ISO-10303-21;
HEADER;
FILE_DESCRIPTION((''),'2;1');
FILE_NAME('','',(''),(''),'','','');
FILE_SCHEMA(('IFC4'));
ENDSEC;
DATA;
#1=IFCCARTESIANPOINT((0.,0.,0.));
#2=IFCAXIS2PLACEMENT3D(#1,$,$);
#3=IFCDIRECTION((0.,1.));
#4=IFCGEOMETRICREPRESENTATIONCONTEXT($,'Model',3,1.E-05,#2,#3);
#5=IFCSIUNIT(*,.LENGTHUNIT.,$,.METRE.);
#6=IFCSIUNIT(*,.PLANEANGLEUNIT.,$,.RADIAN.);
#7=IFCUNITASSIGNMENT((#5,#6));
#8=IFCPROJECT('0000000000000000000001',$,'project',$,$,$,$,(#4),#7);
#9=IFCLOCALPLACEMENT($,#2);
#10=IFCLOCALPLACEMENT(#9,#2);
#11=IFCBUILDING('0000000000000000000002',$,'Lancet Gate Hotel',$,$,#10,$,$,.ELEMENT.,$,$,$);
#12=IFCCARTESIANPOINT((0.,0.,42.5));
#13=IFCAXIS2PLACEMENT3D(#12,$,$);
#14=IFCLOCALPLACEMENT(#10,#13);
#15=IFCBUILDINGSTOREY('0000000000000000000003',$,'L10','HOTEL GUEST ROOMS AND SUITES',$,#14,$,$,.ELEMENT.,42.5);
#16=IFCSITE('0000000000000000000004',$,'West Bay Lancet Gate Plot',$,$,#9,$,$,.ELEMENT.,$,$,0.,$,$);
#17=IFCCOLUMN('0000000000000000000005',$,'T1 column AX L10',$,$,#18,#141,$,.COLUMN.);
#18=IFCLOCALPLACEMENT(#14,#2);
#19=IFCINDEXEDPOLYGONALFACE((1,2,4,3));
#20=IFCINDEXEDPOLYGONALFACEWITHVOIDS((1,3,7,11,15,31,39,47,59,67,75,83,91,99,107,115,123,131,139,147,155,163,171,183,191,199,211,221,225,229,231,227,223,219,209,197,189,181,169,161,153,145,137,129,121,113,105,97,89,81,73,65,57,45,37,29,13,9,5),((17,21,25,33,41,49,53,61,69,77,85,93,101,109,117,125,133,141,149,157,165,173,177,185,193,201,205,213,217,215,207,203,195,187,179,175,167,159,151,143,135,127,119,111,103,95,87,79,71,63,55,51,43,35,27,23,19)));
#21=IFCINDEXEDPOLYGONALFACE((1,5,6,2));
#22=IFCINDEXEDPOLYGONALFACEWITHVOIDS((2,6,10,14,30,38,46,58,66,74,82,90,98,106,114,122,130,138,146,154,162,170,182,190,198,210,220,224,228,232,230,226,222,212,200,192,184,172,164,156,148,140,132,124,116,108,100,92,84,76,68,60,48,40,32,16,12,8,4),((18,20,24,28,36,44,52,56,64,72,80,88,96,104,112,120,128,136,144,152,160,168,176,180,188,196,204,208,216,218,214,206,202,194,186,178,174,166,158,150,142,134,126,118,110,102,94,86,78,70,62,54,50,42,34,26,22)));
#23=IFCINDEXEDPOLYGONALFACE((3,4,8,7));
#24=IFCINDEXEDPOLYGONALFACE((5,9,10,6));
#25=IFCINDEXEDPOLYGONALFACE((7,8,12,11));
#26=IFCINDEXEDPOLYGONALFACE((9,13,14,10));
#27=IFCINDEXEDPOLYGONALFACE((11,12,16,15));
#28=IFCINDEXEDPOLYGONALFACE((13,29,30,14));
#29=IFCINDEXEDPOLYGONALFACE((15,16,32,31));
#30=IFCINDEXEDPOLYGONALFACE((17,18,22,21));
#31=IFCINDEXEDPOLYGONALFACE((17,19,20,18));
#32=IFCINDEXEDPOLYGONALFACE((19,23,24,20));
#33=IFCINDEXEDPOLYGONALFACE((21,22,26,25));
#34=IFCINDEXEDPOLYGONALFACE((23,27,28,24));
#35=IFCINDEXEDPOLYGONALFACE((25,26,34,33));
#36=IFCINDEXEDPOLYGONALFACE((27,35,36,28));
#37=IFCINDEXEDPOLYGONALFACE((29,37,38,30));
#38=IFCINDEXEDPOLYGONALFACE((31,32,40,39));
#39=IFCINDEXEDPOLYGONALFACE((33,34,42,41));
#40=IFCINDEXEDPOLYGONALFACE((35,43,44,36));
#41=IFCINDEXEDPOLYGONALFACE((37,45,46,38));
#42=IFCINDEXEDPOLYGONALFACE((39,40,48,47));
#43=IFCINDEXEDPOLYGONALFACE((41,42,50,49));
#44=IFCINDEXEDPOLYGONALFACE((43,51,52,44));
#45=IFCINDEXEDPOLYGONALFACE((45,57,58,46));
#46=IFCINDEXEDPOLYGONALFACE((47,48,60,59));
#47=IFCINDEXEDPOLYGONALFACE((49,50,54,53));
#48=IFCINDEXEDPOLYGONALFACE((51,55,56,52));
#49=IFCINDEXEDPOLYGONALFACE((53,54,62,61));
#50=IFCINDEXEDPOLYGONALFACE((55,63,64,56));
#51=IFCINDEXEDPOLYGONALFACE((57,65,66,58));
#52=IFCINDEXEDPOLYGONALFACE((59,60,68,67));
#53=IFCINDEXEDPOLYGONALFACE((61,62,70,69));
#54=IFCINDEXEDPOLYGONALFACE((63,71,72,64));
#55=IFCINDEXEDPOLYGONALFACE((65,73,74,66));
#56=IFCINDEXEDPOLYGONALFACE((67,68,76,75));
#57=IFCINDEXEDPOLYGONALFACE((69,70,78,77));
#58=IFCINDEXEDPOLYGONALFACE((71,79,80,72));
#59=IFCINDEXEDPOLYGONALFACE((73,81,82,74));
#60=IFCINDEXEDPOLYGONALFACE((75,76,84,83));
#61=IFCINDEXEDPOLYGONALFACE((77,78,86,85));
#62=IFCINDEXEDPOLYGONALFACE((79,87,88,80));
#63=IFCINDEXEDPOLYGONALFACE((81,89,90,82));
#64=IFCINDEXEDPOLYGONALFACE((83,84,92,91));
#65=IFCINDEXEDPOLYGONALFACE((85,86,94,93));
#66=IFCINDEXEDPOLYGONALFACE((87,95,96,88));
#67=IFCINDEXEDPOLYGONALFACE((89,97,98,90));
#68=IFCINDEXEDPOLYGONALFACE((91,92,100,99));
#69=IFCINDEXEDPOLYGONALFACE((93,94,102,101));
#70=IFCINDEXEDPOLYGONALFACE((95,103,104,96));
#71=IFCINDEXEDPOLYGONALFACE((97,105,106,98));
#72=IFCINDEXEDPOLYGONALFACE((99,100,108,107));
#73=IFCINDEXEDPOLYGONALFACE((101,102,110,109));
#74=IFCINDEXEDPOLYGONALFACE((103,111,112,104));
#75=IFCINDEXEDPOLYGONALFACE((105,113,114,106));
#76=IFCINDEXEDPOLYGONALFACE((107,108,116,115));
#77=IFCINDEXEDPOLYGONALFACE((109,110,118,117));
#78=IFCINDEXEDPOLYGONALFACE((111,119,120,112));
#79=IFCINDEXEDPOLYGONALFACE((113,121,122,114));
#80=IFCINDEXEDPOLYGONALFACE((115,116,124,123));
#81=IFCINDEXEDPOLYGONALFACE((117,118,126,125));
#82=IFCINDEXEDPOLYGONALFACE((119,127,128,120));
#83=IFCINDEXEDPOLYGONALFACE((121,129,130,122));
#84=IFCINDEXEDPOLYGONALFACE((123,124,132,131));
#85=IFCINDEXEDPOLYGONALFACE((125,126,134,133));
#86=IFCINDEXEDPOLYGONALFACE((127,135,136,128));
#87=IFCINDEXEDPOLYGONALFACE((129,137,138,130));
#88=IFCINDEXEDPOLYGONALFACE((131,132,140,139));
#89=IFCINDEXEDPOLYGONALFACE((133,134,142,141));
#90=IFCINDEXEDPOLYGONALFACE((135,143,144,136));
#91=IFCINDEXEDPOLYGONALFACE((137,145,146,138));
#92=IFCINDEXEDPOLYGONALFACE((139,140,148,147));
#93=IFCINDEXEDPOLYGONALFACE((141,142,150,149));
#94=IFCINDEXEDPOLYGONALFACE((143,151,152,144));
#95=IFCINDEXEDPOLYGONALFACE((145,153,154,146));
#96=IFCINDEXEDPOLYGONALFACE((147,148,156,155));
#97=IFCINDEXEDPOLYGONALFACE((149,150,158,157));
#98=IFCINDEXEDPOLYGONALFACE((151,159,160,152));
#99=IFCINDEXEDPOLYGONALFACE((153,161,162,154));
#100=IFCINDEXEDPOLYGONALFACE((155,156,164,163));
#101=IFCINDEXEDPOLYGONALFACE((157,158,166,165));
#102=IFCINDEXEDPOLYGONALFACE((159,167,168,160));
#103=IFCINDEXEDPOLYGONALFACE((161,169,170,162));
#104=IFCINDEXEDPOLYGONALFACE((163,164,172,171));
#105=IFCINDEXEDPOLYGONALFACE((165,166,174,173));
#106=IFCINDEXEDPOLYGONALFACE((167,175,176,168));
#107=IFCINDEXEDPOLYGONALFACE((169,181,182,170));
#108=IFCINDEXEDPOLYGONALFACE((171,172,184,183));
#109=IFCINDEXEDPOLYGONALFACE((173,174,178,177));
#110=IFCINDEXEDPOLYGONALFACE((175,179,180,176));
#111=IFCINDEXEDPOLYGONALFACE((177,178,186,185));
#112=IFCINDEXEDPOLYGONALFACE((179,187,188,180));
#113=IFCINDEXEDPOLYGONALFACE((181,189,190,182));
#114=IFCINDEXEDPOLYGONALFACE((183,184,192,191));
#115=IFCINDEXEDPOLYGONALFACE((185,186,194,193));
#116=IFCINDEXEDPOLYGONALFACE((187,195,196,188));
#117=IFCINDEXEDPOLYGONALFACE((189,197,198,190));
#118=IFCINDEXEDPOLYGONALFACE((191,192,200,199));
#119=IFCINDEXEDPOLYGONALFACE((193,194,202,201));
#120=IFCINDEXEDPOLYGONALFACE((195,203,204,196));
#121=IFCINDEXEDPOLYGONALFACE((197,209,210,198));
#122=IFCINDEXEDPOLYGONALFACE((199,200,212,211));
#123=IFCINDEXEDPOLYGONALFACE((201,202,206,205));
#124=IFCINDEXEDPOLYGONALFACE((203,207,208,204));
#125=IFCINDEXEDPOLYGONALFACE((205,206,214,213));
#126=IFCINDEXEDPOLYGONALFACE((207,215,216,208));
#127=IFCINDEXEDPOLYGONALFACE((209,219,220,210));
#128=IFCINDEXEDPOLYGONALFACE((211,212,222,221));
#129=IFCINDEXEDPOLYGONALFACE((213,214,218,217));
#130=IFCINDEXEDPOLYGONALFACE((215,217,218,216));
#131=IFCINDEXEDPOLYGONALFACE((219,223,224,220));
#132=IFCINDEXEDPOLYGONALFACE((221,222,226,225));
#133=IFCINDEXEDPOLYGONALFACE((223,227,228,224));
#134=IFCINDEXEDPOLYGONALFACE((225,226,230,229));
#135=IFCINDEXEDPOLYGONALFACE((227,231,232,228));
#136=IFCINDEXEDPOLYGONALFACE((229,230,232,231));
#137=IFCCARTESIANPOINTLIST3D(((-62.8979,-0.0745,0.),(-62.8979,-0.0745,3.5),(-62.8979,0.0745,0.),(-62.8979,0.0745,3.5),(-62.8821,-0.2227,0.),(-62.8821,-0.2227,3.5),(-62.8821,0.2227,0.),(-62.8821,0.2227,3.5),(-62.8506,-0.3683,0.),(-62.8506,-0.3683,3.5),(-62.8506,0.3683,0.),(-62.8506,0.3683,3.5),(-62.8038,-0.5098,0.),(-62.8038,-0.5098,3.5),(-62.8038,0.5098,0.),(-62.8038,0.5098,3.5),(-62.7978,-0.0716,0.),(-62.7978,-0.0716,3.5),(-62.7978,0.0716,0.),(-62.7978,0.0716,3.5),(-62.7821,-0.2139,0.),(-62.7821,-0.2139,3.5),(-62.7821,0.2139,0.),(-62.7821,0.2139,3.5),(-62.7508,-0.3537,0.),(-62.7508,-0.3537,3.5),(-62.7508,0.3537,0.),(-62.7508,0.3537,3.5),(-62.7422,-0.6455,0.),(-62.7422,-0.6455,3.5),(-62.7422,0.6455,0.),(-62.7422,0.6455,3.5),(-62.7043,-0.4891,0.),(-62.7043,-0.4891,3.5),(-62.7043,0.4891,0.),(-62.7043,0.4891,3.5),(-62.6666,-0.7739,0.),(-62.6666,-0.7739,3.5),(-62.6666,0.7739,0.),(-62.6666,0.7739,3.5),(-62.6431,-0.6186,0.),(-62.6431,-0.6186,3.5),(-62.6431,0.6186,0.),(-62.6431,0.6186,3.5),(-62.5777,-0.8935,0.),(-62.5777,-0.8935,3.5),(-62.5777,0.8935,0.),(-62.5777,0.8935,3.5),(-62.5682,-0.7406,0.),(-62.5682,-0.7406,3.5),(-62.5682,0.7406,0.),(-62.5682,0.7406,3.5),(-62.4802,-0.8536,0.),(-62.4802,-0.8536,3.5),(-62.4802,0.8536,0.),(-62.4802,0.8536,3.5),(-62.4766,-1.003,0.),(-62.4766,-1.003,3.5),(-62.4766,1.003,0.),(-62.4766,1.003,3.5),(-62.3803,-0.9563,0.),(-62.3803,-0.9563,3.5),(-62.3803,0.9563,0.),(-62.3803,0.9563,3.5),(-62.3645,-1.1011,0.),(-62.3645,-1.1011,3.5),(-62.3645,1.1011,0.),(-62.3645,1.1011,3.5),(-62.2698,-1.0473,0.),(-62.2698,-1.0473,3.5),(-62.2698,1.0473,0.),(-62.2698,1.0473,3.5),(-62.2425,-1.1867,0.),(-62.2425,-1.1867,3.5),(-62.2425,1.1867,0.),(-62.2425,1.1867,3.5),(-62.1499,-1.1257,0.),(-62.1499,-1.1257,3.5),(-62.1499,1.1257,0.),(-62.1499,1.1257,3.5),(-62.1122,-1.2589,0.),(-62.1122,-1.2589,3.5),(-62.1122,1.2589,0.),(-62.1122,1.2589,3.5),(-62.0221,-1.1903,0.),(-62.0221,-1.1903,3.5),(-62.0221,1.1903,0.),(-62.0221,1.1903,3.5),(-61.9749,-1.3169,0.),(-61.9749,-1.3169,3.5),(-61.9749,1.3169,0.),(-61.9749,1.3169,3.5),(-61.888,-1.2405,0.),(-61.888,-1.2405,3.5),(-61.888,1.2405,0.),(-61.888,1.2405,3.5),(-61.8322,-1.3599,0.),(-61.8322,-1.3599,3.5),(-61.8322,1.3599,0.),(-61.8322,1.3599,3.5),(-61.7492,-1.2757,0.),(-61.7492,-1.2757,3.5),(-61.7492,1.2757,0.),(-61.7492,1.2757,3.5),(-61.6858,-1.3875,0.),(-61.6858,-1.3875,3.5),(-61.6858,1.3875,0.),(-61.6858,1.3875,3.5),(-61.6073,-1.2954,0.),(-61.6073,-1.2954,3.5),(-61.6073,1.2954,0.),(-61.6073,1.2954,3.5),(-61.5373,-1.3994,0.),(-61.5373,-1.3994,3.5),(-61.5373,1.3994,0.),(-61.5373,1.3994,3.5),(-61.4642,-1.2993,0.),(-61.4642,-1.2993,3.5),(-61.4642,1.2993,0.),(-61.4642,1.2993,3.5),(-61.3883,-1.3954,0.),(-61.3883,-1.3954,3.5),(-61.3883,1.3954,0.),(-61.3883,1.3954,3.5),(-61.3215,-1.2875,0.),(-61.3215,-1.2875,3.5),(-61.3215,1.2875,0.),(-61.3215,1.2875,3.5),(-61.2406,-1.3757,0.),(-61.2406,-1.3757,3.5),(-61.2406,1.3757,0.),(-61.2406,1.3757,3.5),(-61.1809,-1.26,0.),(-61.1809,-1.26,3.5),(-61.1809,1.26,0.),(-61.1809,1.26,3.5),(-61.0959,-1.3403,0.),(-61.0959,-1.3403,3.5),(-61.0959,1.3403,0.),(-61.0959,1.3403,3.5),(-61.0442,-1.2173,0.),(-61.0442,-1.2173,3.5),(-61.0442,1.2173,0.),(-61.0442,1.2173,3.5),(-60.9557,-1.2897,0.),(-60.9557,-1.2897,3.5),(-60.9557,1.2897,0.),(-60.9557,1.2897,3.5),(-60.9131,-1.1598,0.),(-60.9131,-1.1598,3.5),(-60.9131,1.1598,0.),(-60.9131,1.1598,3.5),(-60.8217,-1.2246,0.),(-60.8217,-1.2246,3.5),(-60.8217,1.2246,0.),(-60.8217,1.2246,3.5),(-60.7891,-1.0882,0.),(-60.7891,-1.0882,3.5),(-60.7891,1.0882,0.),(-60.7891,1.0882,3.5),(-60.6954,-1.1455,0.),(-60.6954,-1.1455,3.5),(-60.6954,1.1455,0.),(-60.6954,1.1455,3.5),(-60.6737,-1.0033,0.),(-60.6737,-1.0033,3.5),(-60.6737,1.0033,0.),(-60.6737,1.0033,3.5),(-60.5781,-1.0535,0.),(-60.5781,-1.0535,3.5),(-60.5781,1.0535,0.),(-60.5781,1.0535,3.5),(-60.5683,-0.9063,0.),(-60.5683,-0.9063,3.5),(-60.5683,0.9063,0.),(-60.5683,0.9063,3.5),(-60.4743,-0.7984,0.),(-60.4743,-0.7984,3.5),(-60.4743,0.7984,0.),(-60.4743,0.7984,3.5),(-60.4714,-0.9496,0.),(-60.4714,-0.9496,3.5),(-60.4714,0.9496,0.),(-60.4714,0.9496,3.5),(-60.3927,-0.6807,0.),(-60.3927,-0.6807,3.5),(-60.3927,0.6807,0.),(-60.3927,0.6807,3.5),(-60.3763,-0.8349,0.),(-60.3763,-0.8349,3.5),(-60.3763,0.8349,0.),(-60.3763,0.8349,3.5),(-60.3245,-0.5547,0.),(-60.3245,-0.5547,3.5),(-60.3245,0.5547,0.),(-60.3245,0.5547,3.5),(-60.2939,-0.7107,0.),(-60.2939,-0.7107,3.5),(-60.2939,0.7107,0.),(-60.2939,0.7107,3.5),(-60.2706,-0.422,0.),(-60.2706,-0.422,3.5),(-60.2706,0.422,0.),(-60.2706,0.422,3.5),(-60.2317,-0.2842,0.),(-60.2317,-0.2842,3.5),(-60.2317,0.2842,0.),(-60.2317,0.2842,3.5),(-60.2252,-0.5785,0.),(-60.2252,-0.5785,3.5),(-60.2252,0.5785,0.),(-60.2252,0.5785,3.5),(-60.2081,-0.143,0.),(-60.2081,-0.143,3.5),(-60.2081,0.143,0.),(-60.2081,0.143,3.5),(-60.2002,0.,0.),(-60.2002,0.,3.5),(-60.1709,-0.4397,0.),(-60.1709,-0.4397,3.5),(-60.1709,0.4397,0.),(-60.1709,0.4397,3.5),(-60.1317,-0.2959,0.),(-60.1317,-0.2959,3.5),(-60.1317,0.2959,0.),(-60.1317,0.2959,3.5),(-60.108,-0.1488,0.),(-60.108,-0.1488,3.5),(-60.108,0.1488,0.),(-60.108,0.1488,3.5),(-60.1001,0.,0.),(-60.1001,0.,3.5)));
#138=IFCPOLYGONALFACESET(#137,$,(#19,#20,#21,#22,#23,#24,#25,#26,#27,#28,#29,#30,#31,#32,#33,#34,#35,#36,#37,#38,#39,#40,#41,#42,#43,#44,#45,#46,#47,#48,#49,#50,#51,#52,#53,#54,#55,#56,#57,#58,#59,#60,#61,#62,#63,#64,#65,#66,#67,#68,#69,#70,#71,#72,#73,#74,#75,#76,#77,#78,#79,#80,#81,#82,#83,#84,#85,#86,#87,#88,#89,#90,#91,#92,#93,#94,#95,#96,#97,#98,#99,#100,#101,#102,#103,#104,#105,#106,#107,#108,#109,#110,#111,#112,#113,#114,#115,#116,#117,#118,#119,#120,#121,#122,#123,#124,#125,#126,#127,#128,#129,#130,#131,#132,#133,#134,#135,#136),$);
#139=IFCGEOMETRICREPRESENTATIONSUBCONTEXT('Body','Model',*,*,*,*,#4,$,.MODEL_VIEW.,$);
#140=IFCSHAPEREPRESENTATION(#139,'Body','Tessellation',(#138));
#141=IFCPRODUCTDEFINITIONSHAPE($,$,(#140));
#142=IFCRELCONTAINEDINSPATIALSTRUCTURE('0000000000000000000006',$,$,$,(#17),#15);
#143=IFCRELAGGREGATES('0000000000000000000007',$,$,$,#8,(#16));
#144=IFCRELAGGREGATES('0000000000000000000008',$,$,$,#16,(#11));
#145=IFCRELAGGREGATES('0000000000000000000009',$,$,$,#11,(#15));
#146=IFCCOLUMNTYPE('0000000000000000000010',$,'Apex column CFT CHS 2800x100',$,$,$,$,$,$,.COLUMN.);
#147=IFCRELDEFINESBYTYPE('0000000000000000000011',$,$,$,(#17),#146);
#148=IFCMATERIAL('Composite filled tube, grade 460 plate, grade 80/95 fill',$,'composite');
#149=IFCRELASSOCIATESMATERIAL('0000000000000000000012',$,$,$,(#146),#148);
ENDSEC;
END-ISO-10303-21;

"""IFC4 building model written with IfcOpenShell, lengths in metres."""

from ifc_helpers import new_model, si_unit, direction, frame, origin, origin_2d, place, context, subcontext, project, spatial, hollow_circle, extrude, material, material_profile, profile_set, type_object, element, save


model = new_model("IFC4")

# Units and contexts
model_context = context("Model", 3, precision=1e-05, world=origin(), true_north=direction((0.0, 1.0)))
body_context = subcontext(model_context, "Body", "Model", "MODEL_VIEW")
ifc_project = project(units=[si_unit("LENGTHUNIT", "METRE"), si_unit("PLANEANGLEUNIT", "RADIAN")], contexts=[model_context])

# Site, building, storey
site_placement = place(None, origin())
site = spatial("IfcSite", under=ifc_project, at=site_placement, Name="West Bay Lancet Gate Plot", CompositionType="ELEMENT", RefElevation=0.0)
building_placement = place(site_placement, origin())
building = spatial("IfcBuilding", under=site, at=building_placement, Name="Lancet Gate Hotel", CompositionType="ELEMENT")
storey_placement = place(building_placement, frame((0.0, 0.0, 42.5)))
storey = spatial("IfcBuildingStorey", under=building, at=storey_placement, Name="L10", Description="HOTEL GUEST ROOMS AND SUITES", CompositionType="ELEMENT", Elevation=42.5)

# Column
ifc_material_1 = material(Name="Composite filled tube, grade 460 plate, grade 80/95 fill", Category="composite")
ifc_material_profile_1 = material_profile(ifc_material_1, hollow_circle(Radius=1.3999, WallThickness=0.1001, at=origin_2d()), Name="CHS 2800x100")
ifc_profile_set_1 = profile_set([ifc_material_profile_1], Name="Composite filled tube, grade 460 plate, grade 80/95 fill")
column_type_1 = type_object("IfcColumnType", Name="Apex column CFT CHS 2800x100", PredefinedType="COLUMN", material=ifc_profile_set_1)
column_1_placement = place(storey_placement, frame((-61.5, 0.0, 0.0), z_axis=(0.0, 0.0, 1.0), x_axis=(1.0, 0.0, 0.0)))
element("IfcColumn", 1, at=column_1_placement, inside=storey, type_object=column_type_1, Name="T1 column AX L10", PredefinedType="COLUMN", context=body_context, shape_type="SweptSolid", body=[
    extrude(hollow_circle(Radius=1.3999, WallThickness=0.1001, at=origin_2d()), origin(), (0.0, 0.0, 1.0), 3.5),
])

save(model, "model.ifc")
